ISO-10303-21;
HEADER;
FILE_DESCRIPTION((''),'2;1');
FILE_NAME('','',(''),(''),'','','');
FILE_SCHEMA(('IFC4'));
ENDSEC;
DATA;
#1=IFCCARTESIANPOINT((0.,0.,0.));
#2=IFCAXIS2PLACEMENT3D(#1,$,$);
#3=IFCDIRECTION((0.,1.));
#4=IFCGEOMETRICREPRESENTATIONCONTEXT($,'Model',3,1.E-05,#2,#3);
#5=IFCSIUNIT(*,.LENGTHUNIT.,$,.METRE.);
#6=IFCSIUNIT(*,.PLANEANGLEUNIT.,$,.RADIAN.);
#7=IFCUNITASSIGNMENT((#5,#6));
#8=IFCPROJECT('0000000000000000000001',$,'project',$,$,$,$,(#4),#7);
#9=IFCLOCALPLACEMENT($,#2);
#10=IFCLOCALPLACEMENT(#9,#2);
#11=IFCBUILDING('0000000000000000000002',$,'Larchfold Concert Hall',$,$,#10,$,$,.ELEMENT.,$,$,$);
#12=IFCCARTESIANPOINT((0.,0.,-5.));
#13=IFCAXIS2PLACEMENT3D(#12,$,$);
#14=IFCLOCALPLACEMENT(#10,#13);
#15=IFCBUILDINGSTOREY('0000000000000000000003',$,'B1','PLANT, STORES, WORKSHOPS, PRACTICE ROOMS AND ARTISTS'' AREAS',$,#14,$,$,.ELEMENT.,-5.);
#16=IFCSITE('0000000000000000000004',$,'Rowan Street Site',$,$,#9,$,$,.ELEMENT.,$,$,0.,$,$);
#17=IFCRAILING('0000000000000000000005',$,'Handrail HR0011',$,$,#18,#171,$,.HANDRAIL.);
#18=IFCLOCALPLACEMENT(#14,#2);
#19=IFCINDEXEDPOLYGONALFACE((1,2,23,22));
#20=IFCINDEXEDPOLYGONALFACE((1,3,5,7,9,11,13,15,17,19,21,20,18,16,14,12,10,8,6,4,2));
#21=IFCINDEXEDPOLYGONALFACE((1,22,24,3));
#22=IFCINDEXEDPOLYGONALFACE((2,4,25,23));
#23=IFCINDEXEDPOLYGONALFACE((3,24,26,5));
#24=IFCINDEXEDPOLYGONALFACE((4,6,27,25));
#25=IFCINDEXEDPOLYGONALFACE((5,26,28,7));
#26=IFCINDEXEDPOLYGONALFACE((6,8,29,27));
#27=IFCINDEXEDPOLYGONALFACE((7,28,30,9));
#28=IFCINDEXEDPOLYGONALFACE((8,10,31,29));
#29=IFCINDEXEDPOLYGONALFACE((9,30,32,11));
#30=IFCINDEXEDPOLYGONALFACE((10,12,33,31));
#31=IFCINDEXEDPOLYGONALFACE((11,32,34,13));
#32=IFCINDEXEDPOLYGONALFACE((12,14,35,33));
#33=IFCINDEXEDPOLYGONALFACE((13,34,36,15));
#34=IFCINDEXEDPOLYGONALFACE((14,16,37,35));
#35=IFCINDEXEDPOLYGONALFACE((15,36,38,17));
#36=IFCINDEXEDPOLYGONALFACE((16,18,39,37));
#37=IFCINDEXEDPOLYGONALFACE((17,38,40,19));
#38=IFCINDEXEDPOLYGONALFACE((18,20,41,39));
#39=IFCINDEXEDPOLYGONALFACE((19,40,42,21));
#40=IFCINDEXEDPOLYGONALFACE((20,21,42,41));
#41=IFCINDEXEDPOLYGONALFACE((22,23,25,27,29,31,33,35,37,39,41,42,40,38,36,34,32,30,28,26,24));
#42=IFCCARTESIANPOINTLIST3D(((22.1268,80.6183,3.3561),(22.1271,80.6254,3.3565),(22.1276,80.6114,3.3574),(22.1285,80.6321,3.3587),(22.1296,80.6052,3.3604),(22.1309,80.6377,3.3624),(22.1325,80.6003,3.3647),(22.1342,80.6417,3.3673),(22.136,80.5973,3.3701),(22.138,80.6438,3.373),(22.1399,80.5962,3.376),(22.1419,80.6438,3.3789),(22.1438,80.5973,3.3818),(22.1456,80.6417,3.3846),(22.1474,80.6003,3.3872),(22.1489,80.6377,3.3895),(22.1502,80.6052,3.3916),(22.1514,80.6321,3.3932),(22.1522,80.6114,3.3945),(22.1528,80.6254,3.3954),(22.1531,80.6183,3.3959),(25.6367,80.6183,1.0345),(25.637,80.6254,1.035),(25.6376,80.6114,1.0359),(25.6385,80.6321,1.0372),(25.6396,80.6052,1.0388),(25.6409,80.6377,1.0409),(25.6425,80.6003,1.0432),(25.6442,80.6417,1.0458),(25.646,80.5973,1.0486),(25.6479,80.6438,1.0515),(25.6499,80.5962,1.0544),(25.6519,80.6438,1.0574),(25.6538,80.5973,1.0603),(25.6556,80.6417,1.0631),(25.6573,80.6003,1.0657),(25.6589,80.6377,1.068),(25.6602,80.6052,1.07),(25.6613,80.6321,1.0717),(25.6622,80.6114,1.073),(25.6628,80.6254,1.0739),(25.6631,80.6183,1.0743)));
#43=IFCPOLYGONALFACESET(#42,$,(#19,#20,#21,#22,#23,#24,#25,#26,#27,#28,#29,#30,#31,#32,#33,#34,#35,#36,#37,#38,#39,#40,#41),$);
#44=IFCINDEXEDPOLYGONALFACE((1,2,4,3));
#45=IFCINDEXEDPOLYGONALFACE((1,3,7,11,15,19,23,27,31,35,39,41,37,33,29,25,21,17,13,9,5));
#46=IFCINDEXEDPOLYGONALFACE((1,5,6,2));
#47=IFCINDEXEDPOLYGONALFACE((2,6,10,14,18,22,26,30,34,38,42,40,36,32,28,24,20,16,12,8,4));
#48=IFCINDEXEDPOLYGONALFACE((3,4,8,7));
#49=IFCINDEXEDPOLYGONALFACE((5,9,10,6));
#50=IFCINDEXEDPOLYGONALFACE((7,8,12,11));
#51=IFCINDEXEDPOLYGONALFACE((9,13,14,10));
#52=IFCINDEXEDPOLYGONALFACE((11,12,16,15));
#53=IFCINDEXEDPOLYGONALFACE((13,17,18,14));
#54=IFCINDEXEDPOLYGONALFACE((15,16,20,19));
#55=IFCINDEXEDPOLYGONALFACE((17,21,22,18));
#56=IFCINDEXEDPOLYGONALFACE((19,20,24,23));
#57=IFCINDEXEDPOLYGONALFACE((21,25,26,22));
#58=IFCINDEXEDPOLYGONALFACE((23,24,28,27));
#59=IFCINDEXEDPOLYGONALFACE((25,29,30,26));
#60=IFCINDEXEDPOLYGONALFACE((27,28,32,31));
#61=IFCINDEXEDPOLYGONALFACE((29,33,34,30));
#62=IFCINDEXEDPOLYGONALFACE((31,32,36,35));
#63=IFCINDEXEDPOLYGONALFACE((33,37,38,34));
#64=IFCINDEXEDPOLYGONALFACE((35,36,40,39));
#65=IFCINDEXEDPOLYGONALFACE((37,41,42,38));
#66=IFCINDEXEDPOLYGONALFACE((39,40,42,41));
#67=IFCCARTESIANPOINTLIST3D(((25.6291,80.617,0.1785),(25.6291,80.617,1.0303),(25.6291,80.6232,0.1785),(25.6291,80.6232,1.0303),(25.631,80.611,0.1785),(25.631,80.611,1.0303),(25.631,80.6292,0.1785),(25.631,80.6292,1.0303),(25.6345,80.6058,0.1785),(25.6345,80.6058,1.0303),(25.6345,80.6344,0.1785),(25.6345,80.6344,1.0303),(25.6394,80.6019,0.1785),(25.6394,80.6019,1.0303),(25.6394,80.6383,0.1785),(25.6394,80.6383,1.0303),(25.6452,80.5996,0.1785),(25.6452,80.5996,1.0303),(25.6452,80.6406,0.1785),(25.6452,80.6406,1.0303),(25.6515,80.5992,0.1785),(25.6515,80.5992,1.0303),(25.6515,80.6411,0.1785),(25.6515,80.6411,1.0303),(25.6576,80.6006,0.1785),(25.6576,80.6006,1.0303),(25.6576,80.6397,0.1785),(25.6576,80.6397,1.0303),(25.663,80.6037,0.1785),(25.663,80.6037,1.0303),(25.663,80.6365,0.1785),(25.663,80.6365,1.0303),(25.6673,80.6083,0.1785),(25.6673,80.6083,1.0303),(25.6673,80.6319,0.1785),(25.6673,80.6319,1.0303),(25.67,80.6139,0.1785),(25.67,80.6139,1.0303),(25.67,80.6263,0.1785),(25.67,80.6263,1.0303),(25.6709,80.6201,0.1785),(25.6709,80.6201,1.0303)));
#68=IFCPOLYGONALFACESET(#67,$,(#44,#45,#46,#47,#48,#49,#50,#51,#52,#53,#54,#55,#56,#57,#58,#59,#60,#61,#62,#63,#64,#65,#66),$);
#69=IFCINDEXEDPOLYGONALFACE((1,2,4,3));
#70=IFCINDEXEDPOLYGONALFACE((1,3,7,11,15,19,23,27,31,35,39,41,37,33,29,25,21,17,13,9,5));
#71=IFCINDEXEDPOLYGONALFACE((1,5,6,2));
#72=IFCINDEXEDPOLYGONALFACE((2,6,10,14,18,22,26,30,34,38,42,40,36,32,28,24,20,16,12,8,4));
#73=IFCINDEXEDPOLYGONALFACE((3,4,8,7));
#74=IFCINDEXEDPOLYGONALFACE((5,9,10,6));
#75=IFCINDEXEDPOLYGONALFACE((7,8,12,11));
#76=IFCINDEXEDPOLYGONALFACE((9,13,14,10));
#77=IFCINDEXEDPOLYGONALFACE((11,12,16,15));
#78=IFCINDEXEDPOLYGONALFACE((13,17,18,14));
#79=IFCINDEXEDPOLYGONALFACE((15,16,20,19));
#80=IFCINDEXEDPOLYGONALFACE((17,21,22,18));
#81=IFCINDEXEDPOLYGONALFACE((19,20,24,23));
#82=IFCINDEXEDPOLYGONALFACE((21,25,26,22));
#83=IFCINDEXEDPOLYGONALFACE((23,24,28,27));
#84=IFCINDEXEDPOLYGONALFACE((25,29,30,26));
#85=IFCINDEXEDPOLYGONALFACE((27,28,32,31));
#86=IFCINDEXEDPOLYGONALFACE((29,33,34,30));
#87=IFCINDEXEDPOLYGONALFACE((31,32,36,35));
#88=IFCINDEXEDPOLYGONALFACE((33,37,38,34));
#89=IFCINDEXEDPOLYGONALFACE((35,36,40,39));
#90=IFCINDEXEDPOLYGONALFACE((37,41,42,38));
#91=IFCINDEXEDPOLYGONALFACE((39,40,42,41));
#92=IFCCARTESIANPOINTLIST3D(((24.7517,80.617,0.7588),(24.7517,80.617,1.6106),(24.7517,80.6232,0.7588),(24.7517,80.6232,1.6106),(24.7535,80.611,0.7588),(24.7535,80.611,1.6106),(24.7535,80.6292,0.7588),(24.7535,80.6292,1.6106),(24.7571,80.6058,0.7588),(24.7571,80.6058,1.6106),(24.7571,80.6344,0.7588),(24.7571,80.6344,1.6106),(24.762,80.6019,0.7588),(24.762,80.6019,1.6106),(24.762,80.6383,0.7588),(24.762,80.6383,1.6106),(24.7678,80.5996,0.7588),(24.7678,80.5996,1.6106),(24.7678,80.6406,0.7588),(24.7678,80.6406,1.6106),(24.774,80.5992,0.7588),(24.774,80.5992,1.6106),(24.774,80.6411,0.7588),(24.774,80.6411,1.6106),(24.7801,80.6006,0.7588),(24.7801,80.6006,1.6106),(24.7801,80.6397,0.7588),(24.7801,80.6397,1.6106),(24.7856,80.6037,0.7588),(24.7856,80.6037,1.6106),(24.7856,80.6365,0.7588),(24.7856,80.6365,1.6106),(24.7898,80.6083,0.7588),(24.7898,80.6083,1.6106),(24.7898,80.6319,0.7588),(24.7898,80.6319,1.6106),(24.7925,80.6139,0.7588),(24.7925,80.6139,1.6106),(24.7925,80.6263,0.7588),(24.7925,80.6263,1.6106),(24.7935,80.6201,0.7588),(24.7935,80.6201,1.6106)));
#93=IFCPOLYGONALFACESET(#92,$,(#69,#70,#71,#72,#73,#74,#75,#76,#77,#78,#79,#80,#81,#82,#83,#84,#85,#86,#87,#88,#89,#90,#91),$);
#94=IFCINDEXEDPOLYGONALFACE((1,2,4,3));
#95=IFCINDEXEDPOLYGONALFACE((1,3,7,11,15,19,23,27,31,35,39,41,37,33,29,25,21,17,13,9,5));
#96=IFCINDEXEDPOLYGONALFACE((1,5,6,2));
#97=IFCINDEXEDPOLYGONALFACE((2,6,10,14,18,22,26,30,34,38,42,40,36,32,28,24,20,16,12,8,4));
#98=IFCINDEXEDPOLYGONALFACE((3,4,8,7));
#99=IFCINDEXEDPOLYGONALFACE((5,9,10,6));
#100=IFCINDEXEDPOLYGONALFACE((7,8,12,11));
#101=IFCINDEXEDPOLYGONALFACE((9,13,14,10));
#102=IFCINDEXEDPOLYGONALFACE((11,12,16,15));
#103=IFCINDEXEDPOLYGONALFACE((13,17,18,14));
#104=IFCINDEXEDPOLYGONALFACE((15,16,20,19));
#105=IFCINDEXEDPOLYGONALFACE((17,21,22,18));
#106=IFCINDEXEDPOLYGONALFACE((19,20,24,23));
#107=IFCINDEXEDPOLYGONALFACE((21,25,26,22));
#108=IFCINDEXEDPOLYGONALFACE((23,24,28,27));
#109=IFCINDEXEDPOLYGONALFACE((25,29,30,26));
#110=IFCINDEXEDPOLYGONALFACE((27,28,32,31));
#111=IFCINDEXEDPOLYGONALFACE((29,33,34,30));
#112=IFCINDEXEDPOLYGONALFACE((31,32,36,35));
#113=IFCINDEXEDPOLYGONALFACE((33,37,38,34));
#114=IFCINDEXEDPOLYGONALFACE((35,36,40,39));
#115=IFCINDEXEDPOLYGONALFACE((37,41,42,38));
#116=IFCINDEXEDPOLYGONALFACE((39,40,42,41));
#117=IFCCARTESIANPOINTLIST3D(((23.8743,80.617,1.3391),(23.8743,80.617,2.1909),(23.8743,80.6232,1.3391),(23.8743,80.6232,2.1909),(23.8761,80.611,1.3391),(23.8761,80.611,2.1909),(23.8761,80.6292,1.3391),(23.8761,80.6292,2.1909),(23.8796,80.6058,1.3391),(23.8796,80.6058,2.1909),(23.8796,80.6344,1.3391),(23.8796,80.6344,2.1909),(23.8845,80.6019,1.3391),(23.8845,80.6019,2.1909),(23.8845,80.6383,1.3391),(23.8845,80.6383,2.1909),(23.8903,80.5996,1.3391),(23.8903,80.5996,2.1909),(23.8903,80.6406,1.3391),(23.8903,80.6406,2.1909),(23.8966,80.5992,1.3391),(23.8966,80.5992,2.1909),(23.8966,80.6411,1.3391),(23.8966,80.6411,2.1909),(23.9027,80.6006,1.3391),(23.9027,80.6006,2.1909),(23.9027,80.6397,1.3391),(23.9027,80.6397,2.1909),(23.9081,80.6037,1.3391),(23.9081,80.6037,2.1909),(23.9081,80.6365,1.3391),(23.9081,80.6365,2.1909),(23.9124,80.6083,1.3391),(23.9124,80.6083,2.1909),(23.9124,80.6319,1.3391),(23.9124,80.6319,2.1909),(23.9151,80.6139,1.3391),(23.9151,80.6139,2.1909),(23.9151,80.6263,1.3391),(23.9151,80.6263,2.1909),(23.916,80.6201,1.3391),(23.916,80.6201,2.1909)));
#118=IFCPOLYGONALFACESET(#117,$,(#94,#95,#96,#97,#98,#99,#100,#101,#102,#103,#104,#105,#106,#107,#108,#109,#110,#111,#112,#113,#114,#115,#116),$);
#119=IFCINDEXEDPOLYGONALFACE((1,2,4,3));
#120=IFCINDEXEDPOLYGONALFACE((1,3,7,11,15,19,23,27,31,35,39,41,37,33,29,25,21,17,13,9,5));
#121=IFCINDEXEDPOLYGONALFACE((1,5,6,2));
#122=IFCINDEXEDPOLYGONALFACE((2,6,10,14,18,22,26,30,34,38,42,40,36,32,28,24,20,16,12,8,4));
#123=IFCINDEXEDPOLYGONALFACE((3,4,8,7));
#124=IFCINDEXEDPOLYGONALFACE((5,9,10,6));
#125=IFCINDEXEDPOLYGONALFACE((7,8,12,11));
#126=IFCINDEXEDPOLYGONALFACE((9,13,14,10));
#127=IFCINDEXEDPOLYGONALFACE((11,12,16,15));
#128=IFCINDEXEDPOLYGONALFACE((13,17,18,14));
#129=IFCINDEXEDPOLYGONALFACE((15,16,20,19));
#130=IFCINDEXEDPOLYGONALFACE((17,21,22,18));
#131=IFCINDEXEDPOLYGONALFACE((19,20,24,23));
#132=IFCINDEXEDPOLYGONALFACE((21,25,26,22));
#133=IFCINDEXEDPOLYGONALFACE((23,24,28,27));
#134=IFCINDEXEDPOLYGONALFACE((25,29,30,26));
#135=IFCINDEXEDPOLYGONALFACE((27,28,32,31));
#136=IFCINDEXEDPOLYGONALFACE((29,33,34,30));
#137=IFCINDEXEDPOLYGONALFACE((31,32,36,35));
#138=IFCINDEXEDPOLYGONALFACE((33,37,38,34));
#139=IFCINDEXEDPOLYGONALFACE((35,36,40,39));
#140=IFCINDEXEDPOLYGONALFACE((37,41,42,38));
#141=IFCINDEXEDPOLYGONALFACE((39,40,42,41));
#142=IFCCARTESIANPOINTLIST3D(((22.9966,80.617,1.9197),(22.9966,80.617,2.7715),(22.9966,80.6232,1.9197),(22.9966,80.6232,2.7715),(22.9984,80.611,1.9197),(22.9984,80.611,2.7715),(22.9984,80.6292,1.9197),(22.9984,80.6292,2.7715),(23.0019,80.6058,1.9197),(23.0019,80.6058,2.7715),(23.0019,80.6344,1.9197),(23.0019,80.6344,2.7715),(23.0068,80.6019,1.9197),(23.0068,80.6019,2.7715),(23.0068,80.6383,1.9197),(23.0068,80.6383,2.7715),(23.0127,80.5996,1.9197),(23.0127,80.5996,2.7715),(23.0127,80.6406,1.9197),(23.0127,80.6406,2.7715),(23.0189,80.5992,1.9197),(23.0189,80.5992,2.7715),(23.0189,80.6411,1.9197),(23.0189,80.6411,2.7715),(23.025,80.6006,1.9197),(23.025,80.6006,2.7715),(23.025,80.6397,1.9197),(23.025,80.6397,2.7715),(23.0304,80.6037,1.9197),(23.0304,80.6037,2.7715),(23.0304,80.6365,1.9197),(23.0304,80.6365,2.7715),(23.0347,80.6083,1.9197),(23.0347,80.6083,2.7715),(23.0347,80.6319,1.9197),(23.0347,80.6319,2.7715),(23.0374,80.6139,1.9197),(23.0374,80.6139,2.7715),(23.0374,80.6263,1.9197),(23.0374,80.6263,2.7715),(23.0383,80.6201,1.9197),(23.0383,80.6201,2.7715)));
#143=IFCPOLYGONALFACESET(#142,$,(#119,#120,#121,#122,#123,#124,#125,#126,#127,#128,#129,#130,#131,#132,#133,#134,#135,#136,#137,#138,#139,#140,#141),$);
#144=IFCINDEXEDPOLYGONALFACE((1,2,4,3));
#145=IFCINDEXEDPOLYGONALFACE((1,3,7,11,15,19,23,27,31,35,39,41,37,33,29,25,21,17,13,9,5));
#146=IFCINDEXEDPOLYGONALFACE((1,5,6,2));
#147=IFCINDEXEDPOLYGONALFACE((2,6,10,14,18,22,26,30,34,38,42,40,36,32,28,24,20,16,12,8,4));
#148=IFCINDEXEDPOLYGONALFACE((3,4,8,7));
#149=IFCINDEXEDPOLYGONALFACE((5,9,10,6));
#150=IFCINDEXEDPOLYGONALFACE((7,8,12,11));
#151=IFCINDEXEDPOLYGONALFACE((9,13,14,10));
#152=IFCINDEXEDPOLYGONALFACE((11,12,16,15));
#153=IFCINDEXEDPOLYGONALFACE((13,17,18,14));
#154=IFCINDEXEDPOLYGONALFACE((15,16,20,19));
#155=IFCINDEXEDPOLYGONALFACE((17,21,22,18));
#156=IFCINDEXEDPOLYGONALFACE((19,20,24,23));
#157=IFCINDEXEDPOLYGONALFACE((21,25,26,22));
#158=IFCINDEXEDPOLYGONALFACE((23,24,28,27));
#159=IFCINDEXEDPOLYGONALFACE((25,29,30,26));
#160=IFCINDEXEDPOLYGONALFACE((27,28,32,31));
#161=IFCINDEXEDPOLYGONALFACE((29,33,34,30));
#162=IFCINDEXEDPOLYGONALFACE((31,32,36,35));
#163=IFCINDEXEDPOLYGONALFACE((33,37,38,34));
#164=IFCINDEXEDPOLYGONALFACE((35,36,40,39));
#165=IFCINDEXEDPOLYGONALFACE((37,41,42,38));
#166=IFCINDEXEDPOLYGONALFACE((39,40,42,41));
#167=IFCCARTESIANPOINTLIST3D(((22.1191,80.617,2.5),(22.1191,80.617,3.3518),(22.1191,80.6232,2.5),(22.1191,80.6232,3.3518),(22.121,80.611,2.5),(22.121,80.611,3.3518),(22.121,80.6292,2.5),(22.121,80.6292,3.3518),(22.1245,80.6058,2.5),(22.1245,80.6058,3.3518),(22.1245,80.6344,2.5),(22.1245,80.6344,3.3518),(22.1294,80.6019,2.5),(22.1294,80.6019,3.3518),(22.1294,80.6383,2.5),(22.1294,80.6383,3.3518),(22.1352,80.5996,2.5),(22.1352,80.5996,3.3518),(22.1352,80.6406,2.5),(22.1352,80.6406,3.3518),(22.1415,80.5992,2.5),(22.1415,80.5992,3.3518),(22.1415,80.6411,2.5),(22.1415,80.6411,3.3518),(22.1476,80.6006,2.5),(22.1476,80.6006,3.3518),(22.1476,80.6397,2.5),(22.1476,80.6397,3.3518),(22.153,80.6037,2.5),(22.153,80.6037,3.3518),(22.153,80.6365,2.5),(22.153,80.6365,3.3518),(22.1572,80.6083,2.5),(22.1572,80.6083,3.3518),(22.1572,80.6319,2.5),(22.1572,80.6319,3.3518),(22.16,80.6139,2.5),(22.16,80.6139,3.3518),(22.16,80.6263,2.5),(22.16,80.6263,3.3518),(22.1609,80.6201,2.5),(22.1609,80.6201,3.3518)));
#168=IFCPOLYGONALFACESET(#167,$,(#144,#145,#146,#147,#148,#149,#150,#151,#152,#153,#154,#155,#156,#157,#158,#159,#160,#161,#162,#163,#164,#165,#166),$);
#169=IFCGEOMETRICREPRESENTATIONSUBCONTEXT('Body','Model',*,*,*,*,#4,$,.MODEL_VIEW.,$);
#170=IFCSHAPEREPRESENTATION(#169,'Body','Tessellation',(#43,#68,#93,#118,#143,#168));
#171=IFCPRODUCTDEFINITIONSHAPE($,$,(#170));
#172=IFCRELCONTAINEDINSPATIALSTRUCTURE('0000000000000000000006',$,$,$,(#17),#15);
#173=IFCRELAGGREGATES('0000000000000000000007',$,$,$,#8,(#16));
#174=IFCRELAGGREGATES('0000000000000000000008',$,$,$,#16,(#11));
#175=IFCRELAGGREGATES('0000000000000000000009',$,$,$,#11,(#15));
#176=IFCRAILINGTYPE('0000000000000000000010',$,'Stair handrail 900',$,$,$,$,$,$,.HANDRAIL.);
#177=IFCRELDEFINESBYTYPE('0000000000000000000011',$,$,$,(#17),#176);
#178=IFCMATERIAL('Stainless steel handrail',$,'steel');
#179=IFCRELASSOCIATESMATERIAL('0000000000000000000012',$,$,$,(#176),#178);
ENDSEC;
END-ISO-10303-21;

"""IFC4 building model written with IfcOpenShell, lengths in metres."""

from ifc_helpers import new_model, si_unit, direction, frame, origin, origin_2d, place, context, subcontext, project, spatial, circle, extrude, material, type_object, element, save


model = new_model("IFC4")

# Units and contexts
model_context = context("Model", 3, precision=1e-05, world=origin(), true_north=direction((0.0, 1.0)))
body_context = subcontext(model_context, "Body", "Model", "MODEL_VIEW")
ifc_project = project(units=[si_unit("LENGTHUNIT", "METRE"), si_unit("PLANEANGLEUNIT", "RADIAN")], contexts=[model_context])

# Site, building, storey
site_placement = place(None, origin())
site = spatial("IfcSite", under=ifc_project, at=site_placement, Name="Rowan Street Site", CompositionType="ELEMENT", RefElevation=0.0)
building_placement = place(site_placement, origin())
building = spatial("IfcBuilding", under=site, at=building_placement, Name="Larchfold Concert Hall", CompositionType="ELEMENT")
storey_placement = place(building_placement, frame((0.0, 0.0, -5.0)))
storey = spatial("IfcBuildingStorey", under=building, at=storey_placement, Name="B1", Description="PLANT, STORES, WORKSHOPS, PRACTICE ROOMS AND ARTISTS' AREAS", CompositionType="ELEMENT", Elevation=-5.0)

# Railing
ifc_material_1 = material(Name="Stainless steel handrail", Category="steel")
railing_type_1 = type_object("IfcRailingType", Name="Stair handrail 900", PredefinedType="HANDRAIL", material=ifc_material_1)
for number, where, name in (
    (1, (25.6499, 80.6201, 0.1785), "Handrail HR0011"),
):
    element("IfcRailing", number, at=place(storey_placement, frame(where)), inside=storey, type_object=railing_type_1, Name=name, PredefinedType="HANDRAIL", context=body_context, shape_type="SweptSolid", body=[
        extrude(circle(Radius=0.0239, at=origin_2d()), frame((0.0, 0.0, 0.876), z_axis=(-0.834071, 0.0, 0.551657), x_axis=(0.0, -1.0, 0.0)), (0.0, 0.0, 1.0), 4.2083),
        extrude(circle(Radius=0.021, at=origin_2d()), origin(), (0.0, 0.0, 1.0), 0.8518),
        extrude(circle(Radius=0.021, at=origin_2d()), frame((-0.8774, 0.0, 0.5803)), (0.0, 0.0, 1.0), 0.8518),
        extrude(circle(Radius=0.021, at=origin_2d()), frame((-1.7549, 0.0, 1.1606)), (0.0, 0.0, 1.0), 0.8518),
        extrude(circle(Radius=0.021, at=origin_2d()), frame((-2.6326, 0.0, 1.7412)), (0.0, 0.0, 1.0), 0.8518),
        extrude(circle(Radius=0.021, at=origin_2d()), frame((-3.51, 0.0, 2.3215)), (0.0, 0.0, 1.0), 0.8518),
    ])

save(model, "model.ifc")
